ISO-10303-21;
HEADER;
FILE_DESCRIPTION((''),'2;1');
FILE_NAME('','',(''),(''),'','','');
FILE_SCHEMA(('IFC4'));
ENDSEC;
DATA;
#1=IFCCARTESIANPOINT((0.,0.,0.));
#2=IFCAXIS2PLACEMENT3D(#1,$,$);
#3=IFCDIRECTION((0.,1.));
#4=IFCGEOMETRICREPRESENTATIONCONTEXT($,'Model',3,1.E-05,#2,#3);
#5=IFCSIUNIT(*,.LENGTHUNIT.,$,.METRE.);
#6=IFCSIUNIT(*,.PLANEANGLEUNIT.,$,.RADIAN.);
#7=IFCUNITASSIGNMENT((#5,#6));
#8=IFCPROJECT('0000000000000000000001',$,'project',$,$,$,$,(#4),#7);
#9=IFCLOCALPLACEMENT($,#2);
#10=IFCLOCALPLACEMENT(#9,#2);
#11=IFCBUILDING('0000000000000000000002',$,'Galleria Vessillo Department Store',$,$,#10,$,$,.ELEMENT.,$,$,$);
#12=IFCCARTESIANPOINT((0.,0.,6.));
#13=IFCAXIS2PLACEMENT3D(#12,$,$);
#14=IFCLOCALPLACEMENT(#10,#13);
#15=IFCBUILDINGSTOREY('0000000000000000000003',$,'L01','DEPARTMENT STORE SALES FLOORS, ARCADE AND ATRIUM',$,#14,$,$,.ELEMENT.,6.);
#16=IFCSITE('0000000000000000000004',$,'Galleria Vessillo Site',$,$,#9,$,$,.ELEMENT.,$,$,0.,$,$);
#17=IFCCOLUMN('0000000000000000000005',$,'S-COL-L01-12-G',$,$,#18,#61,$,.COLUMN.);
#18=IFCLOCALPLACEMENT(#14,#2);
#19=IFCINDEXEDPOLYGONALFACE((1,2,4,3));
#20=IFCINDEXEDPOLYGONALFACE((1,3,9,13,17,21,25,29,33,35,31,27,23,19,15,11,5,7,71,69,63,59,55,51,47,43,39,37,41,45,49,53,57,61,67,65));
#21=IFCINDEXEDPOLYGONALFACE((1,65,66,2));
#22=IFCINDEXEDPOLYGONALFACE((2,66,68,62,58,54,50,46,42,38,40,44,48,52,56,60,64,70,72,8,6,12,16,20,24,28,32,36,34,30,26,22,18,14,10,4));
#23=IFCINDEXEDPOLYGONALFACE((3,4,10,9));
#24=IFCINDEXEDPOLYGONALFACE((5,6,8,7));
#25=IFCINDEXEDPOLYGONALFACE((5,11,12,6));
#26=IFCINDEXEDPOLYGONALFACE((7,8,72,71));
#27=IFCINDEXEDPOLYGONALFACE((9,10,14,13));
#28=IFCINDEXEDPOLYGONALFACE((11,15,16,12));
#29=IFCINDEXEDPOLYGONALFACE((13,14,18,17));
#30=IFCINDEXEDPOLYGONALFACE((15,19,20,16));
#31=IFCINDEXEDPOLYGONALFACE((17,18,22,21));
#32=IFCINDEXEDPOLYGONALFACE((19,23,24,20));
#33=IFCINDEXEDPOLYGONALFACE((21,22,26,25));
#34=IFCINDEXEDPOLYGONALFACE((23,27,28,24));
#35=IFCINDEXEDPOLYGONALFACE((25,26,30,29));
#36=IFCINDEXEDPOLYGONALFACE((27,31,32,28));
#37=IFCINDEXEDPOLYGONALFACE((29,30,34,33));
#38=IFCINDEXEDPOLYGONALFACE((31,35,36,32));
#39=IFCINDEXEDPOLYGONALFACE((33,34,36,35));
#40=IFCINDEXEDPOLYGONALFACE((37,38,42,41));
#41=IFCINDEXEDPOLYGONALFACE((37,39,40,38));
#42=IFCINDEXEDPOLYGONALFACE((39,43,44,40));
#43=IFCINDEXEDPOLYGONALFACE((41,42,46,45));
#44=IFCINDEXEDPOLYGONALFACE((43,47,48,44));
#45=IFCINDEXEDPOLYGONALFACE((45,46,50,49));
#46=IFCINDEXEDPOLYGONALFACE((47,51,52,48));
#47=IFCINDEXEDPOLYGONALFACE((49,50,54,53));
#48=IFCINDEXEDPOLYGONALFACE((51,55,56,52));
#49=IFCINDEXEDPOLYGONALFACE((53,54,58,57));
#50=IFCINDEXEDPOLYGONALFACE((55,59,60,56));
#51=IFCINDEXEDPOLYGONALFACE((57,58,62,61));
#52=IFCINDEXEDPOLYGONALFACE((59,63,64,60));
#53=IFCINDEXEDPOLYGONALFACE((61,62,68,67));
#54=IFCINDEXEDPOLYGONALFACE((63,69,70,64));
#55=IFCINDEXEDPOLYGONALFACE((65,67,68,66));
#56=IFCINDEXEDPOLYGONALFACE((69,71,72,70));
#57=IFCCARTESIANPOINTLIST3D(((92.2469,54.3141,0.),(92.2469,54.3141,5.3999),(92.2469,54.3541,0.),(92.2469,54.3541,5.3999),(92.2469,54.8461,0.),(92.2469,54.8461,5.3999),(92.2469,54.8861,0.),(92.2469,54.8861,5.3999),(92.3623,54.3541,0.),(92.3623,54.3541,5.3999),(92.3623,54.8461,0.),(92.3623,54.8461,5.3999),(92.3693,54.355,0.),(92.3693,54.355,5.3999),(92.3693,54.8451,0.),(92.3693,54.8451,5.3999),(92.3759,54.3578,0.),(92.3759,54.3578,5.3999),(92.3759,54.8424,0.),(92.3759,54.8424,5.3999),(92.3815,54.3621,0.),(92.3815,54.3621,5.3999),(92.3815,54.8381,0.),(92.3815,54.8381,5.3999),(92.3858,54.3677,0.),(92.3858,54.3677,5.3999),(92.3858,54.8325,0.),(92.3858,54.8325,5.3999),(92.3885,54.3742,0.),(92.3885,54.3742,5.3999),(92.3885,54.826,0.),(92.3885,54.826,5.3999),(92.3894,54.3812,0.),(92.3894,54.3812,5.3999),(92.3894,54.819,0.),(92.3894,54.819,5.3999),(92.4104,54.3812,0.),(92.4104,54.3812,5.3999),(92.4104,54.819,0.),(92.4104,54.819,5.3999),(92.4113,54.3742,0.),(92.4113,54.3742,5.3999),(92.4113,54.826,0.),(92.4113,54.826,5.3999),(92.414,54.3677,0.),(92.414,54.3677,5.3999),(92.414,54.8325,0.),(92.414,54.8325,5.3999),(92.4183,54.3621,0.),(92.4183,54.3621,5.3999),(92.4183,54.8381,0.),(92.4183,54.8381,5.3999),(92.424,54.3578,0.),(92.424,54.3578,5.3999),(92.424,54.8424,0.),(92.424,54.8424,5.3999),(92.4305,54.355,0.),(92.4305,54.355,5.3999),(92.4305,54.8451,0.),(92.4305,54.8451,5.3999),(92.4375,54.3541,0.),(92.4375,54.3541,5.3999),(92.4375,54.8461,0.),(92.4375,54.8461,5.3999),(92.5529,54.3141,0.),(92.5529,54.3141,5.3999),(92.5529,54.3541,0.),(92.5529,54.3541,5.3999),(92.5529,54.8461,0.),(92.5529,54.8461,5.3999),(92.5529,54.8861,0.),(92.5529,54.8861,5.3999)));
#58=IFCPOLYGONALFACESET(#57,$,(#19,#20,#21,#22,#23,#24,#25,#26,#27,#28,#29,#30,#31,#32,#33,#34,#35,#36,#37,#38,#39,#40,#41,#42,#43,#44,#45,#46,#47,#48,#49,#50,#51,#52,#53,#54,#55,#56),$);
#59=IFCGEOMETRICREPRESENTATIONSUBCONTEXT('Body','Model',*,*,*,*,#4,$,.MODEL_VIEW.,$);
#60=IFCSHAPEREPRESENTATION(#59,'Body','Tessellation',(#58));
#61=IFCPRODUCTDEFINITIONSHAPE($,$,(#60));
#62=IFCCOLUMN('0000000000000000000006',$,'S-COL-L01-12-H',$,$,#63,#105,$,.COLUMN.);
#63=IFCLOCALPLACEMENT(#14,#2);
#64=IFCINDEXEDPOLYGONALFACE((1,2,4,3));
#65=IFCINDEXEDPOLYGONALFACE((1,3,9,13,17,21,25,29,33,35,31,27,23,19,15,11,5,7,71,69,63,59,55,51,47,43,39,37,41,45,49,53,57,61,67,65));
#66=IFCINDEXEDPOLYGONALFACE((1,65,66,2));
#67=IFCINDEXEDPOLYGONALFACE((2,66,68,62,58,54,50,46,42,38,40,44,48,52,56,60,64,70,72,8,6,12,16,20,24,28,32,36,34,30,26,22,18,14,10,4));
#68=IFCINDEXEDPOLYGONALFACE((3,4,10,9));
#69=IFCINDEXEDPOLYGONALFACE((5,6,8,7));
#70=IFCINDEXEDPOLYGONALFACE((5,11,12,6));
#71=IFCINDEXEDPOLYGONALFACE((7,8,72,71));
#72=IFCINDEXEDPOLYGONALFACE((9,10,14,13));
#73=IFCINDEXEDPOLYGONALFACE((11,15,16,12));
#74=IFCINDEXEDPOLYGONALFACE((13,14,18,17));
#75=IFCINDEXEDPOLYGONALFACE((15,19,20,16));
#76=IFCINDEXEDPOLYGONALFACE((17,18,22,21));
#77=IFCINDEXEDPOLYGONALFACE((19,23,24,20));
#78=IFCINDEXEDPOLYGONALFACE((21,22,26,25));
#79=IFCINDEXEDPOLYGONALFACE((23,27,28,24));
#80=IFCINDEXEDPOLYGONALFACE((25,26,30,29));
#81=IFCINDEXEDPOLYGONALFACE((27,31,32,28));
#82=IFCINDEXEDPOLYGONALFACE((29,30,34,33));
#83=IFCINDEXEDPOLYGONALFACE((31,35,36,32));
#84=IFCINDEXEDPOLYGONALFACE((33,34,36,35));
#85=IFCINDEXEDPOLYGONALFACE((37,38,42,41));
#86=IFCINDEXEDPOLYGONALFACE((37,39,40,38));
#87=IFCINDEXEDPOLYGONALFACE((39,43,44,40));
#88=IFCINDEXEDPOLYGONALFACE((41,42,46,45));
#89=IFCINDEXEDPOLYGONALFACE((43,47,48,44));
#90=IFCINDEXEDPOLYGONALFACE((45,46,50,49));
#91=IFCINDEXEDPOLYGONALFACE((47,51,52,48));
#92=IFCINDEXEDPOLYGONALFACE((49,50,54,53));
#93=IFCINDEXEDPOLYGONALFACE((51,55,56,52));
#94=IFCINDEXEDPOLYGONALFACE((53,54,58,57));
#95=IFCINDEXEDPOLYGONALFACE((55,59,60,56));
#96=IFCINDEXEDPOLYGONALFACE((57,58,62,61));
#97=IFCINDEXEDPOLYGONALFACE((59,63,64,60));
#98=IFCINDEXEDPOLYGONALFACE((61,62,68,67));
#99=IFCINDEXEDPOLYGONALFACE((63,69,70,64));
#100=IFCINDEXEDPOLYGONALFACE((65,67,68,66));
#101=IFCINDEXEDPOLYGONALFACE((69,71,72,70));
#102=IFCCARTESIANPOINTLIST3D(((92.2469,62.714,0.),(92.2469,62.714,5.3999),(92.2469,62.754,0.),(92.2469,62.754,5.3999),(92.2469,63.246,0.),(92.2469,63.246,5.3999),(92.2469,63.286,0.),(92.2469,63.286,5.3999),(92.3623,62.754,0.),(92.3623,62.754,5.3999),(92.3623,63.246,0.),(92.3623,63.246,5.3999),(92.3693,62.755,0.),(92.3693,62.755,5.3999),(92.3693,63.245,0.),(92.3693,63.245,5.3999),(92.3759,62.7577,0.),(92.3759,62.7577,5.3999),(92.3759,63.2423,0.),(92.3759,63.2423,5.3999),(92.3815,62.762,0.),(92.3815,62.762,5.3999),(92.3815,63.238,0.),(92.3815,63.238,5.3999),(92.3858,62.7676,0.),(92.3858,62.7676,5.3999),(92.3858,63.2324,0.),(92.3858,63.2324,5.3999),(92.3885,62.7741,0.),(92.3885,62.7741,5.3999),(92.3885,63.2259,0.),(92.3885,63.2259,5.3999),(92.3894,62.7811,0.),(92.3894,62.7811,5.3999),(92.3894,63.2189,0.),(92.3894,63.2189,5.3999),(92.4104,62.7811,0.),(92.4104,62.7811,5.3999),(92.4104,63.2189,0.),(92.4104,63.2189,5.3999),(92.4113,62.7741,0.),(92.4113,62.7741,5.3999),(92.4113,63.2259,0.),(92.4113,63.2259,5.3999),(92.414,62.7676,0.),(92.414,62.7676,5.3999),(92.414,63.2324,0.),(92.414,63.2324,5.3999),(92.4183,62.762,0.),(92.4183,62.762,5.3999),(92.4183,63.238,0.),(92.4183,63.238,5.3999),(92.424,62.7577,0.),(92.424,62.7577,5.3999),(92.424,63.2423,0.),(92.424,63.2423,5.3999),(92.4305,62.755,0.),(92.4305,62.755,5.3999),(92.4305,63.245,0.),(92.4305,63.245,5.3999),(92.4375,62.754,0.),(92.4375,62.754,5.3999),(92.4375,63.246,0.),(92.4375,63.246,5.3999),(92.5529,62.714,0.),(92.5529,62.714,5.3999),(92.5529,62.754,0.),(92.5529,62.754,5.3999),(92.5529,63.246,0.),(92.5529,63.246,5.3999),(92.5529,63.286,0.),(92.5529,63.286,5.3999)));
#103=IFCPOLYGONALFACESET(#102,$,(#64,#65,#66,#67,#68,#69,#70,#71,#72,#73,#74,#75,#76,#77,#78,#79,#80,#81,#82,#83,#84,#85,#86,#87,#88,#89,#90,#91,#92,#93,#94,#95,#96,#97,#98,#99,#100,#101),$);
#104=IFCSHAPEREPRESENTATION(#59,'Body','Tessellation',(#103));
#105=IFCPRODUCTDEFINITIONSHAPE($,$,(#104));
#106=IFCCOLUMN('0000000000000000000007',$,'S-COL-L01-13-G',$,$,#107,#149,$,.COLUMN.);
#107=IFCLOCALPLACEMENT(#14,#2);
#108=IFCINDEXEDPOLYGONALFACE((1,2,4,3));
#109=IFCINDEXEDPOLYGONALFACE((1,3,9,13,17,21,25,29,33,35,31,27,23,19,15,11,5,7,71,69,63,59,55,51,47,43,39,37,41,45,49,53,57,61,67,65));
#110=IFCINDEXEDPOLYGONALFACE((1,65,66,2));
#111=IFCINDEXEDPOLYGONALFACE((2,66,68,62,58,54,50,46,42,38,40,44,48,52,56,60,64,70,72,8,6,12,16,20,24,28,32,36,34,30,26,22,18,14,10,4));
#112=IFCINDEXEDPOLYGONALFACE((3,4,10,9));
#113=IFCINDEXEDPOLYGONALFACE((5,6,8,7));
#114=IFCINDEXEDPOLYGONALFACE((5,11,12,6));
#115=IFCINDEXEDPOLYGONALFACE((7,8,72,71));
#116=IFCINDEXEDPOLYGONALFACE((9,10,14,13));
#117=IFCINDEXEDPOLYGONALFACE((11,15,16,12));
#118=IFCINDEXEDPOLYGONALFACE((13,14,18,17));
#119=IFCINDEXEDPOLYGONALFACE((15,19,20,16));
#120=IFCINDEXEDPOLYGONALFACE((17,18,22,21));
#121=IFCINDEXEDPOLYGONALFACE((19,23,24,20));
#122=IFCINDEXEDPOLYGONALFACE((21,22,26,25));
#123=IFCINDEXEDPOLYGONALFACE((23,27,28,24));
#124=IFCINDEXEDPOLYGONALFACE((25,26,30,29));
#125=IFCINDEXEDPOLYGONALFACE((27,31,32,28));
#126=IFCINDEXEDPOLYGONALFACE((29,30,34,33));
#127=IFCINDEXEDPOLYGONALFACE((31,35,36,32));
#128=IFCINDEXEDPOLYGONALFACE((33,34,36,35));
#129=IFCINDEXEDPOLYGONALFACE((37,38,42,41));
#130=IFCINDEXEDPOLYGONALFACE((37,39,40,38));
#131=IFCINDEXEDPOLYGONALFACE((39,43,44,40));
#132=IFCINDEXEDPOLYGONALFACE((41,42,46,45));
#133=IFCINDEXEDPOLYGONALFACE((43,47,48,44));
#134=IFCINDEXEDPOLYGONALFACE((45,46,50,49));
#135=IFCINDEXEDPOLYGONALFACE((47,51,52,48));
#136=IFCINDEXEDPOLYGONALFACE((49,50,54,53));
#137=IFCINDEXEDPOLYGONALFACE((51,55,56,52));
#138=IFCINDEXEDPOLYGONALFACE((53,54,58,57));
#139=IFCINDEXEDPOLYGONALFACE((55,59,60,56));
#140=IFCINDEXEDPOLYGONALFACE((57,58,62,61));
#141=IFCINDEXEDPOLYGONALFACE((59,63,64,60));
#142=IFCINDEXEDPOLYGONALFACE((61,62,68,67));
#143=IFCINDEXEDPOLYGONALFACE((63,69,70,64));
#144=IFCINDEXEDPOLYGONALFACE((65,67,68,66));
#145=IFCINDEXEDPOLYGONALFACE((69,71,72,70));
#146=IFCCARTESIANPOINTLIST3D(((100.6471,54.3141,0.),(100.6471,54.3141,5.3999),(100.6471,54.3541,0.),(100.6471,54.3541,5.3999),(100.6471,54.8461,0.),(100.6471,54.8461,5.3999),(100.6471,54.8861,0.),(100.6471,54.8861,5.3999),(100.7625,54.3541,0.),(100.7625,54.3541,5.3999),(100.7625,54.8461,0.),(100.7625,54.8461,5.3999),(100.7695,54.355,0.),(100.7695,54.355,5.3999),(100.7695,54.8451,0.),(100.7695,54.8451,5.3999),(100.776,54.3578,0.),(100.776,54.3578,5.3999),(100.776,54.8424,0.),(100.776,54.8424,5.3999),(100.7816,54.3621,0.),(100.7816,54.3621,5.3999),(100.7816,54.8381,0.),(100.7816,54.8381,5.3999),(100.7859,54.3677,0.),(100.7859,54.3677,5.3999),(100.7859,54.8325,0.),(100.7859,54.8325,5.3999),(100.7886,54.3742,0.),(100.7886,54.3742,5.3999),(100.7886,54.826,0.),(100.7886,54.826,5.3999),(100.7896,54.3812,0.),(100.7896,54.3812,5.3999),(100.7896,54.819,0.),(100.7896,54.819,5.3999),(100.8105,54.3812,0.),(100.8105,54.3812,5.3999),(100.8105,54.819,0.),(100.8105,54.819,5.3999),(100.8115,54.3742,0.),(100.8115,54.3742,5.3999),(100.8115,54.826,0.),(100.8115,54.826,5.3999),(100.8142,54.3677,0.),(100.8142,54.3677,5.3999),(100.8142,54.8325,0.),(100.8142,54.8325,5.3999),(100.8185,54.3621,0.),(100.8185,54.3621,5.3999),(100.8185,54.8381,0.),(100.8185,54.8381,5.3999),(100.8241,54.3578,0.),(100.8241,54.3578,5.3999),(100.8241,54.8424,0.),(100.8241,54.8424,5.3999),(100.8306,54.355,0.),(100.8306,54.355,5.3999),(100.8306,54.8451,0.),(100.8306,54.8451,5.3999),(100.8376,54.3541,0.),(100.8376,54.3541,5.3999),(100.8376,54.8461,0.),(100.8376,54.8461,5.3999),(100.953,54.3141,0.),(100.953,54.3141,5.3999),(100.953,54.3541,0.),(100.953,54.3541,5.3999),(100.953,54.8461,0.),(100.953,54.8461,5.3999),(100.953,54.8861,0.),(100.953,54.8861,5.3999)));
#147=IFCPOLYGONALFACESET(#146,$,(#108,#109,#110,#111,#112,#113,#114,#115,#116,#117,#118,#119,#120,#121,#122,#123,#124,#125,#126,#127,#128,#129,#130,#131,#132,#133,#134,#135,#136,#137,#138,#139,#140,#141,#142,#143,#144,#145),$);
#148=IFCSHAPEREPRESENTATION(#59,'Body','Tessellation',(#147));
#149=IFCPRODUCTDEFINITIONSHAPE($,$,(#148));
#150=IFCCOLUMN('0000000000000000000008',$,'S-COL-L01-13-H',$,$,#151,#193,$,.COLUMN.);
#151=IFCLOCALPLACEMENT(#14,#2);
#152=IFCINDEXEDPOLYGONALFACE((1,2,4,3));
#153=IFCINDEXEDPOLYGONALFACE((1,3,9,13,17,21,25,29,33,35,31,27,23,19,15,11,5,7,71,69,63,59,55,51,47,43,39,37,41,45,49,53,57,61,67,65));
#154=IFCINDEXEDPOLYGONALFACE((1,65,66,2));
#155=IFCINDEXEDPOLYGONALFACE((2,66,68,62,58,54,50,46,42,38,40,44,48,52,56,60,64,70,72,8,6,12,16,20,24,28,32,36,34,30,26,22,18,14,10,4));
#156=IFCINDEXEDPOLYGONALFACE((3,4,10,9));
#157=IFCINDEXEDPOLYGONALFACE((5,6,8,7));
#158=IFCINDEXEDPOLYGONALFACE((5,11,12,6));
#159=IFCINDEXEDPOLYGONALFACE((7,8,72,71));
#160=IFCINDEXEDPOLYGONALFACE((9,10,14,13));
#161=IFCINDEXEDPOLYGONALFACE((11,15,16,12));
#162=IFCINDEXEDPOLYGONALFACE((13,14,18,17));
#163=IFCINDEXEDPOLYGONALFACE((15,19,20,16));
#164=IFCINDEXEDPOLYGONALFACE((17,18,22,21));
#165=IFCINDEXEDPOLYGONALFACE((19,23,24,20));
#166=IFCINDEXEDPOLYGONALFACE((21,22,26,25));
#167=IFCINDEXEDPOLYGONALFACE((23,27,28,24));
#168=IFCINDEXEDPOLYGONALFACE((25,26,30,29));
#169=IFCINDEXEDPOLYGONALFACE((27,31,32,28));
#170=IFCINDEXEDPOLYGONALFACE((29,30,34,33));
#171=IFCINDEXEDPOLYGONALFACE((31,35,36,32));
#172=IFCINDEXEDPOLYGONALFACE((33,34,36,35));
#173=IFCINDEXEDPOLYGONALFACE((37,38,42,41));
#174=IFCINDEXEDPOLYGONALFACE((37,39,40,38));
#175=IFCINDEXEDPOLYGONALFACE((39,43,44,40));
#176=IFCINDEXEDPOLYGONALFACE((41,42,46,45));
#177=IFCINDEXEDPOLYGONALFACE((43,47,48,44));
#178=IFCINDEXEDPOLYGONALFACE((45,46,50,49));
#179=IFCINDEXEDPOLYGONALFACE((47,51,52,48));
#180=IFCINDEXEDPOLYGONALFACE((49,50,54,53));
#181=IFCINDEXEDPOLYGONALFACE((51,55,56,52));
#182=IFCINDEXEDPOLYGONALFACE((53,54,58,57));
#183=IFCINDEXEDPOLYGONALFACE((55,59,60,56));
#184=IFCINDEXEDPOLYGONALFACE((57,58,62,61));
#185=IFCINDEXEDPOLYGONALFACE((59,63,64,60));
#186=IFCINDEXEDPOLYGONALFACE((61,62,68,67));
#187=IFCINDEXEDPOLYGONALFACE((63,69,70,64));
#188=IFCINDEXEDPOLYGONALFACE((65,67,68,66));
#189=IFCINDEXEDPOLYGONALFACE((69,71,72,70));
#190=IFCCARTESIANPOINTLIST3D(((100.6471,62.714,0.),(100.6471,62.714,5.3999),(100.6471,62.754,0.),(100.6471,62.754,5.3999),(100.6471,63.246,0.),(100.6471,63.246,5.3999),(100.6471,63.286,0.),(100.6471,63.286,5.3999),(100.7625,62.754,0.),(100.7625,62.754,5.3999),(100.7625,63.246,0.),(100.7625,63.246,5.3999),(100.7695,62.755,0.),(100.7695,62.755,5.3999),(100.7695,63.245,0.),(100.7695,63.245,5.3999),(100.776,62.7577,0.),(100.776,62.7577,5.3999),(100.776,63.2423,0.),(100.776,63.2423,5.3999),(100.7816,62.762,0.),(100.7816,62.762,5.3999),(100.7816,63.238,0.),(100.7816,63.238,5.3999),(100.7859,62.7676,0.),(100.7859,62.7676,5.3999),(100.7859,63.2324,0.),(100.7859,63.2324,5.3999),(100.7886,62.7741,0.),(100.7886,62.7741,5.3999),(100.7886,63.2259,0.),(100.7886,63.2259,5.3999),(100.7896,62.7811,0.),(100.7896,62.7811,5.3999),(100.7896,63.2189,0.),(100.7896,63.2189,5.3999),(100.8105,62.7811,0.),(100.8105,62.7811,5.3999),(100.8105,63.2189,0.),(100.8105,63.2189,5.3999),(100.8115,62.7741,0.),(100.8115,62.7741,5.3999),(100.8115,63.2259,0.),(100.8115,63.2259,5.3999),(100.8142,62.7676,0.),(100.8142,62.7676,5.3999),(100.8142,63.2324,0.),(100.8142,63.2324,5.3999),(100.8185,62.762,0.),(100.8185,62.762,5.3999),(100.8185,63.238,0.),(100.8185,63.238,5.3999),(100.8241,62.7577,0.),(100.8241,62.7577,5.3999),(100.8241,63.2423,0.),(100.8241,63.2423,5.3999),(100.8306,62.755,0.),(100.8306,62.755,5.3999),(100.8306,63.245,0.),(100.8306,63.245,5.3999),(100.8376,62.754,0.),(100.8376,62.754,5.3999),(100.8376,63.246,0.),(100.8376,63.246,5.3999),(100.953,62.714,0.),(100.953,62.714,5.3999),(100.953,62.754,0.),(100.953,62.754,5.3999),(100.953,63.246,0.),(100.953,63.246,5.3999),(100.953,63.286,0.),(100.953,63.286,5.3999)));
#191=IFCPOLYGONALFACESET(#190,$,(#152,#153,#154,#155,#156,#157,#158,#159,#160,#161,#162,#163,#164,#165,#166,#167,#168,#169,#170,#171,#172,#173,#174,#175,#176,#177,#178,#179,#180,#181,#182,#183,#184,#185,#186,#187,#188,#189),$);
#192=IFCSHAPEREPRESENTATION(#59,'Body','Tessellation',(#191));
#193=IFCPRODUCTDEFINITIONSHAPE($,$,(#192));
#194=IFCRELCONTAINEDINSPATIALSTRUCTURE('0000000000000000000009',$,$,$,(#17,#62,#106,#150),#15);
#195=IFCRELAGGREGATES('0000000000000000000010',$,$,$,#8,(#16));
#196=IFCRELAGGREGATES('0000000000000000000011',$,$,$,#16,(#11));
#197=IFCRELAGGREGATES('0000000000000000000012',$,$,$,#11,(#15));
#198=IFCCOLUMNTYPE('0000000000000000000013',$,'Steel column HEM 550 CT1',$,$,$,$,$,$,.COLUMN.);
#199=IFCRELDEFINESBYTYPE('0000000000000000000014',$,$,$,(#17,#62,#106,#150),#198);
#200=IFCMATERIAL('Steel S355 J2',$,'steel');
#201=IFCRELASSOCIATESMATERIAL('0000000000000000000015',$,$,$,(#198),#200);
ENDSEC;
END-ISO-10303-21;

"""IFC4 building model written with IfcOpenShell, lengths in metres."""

from ifc_helpers import new_model, si_unit, direction, frame, origin, origin_2d, place, context, subcontext, project, spatial, i_section, extrude, material, material_profile, profile_set, type_object, element, save


model = new_model("IFC4")

# Units and contexts
model_context = context("Model", 3, precision=1e-05, world=origin(), true_north=direction((0.0, 1.0)))
body_context = subcontext(model_context, "Body", "Model", "MODEL_VIEW")
ifc_project = project(units=[si_unit("LENGTHUNIT", "METRE"), si_unit("PLANEANGLEUNIT", "RADIAN")], contexts=[model_context])

# Site, building, storey
site_placement = place(None, origin())
site = spatial("IfcSite", under=ifc_project, at=site_placement, Name="Galleria Vessillo Site", CompositionType="ELEMENT", RefElevation=0.0)
building_placement = place(site_placement, origin())
building = spatial("IfcBuilding", under=site, at=building_placement, Name="Galleria Vessillo Department Store", CompositionType="ELEMENT")
storey_placement = place(building_placement, frame((0.0, 0.0, 6.0)))
storey = spatial("IfcBuildingStorey", under=building, at=storey_placement, Name="L01", Description="DEPARTMENT STORE SALES FLOORS, ARCADE AND ATRIUM", CompositionType="ELEMENT", Elevation=6.0)

# Columns
ifc_material_1 = material(Name="Steel S355 J2", Category="steel")
ifc_material_profile_1 = material_profile(ifc_material_1, i_section(OverallWidth=0.3059, OverallDepth=0.572, WebThickness=0.021, FlangeThickness=0.04, FilletRadius=0.0271, at=origin_2d()), Name="HEM 550")
ifc_profile_set_1 = profile_set([ifc_material_profile_1], Name="Steel S355 J2")
column_type = type_object("IfcColumnType", Name="Steel column HEM 550 CT1", PredefinedType="COLUMN", material=ifc_profile_set_1)
for number, where, z_axis, x_axis, name in (
    (1, (92.3999, 54.6001, 0.0), (0.0, 0.0, 1.0), (1.0, 0.0, 0.0), "S-COL-L01-12-G"),
    (2, (92.3999, 63.0, 0.0), (0.0, 0.0, 1.0), (1.0, 0.0, 0.0), "S-COL-L01-12-H"),
    (3, (100.8, 54.6001, 0.0), (0.0, 0.0, 1.0), (1.0, 0.0, 0.0), "S-COL-L01-13-G"),
    (4, (100.8, 63.0, 0.0), (0.0, 0.0, 1.0), (1.0, 0.0, 0.0), "S-COL-L01-13-H"),
):
    element("IfcColumn", number, at=place(storey_placement, frame(where, z_axis=z_axis, x_axis=x_axis)), inside=storey, type_object=column_type, Name=name, PredefinedType="COLUMN", context=body_context, shape_type="SweptSolid", body=[
        extrude(i_section(OverallWidth=0.3059, OverallDepth=0.572, WebThickness=0.021, FlangeThickness=0.04, FilletRadius=0.0271, at=origin_2d()), origin(), (0.0, 0.0, 1.0), 5.3999),
    ])

save(model, "model.ifc")
